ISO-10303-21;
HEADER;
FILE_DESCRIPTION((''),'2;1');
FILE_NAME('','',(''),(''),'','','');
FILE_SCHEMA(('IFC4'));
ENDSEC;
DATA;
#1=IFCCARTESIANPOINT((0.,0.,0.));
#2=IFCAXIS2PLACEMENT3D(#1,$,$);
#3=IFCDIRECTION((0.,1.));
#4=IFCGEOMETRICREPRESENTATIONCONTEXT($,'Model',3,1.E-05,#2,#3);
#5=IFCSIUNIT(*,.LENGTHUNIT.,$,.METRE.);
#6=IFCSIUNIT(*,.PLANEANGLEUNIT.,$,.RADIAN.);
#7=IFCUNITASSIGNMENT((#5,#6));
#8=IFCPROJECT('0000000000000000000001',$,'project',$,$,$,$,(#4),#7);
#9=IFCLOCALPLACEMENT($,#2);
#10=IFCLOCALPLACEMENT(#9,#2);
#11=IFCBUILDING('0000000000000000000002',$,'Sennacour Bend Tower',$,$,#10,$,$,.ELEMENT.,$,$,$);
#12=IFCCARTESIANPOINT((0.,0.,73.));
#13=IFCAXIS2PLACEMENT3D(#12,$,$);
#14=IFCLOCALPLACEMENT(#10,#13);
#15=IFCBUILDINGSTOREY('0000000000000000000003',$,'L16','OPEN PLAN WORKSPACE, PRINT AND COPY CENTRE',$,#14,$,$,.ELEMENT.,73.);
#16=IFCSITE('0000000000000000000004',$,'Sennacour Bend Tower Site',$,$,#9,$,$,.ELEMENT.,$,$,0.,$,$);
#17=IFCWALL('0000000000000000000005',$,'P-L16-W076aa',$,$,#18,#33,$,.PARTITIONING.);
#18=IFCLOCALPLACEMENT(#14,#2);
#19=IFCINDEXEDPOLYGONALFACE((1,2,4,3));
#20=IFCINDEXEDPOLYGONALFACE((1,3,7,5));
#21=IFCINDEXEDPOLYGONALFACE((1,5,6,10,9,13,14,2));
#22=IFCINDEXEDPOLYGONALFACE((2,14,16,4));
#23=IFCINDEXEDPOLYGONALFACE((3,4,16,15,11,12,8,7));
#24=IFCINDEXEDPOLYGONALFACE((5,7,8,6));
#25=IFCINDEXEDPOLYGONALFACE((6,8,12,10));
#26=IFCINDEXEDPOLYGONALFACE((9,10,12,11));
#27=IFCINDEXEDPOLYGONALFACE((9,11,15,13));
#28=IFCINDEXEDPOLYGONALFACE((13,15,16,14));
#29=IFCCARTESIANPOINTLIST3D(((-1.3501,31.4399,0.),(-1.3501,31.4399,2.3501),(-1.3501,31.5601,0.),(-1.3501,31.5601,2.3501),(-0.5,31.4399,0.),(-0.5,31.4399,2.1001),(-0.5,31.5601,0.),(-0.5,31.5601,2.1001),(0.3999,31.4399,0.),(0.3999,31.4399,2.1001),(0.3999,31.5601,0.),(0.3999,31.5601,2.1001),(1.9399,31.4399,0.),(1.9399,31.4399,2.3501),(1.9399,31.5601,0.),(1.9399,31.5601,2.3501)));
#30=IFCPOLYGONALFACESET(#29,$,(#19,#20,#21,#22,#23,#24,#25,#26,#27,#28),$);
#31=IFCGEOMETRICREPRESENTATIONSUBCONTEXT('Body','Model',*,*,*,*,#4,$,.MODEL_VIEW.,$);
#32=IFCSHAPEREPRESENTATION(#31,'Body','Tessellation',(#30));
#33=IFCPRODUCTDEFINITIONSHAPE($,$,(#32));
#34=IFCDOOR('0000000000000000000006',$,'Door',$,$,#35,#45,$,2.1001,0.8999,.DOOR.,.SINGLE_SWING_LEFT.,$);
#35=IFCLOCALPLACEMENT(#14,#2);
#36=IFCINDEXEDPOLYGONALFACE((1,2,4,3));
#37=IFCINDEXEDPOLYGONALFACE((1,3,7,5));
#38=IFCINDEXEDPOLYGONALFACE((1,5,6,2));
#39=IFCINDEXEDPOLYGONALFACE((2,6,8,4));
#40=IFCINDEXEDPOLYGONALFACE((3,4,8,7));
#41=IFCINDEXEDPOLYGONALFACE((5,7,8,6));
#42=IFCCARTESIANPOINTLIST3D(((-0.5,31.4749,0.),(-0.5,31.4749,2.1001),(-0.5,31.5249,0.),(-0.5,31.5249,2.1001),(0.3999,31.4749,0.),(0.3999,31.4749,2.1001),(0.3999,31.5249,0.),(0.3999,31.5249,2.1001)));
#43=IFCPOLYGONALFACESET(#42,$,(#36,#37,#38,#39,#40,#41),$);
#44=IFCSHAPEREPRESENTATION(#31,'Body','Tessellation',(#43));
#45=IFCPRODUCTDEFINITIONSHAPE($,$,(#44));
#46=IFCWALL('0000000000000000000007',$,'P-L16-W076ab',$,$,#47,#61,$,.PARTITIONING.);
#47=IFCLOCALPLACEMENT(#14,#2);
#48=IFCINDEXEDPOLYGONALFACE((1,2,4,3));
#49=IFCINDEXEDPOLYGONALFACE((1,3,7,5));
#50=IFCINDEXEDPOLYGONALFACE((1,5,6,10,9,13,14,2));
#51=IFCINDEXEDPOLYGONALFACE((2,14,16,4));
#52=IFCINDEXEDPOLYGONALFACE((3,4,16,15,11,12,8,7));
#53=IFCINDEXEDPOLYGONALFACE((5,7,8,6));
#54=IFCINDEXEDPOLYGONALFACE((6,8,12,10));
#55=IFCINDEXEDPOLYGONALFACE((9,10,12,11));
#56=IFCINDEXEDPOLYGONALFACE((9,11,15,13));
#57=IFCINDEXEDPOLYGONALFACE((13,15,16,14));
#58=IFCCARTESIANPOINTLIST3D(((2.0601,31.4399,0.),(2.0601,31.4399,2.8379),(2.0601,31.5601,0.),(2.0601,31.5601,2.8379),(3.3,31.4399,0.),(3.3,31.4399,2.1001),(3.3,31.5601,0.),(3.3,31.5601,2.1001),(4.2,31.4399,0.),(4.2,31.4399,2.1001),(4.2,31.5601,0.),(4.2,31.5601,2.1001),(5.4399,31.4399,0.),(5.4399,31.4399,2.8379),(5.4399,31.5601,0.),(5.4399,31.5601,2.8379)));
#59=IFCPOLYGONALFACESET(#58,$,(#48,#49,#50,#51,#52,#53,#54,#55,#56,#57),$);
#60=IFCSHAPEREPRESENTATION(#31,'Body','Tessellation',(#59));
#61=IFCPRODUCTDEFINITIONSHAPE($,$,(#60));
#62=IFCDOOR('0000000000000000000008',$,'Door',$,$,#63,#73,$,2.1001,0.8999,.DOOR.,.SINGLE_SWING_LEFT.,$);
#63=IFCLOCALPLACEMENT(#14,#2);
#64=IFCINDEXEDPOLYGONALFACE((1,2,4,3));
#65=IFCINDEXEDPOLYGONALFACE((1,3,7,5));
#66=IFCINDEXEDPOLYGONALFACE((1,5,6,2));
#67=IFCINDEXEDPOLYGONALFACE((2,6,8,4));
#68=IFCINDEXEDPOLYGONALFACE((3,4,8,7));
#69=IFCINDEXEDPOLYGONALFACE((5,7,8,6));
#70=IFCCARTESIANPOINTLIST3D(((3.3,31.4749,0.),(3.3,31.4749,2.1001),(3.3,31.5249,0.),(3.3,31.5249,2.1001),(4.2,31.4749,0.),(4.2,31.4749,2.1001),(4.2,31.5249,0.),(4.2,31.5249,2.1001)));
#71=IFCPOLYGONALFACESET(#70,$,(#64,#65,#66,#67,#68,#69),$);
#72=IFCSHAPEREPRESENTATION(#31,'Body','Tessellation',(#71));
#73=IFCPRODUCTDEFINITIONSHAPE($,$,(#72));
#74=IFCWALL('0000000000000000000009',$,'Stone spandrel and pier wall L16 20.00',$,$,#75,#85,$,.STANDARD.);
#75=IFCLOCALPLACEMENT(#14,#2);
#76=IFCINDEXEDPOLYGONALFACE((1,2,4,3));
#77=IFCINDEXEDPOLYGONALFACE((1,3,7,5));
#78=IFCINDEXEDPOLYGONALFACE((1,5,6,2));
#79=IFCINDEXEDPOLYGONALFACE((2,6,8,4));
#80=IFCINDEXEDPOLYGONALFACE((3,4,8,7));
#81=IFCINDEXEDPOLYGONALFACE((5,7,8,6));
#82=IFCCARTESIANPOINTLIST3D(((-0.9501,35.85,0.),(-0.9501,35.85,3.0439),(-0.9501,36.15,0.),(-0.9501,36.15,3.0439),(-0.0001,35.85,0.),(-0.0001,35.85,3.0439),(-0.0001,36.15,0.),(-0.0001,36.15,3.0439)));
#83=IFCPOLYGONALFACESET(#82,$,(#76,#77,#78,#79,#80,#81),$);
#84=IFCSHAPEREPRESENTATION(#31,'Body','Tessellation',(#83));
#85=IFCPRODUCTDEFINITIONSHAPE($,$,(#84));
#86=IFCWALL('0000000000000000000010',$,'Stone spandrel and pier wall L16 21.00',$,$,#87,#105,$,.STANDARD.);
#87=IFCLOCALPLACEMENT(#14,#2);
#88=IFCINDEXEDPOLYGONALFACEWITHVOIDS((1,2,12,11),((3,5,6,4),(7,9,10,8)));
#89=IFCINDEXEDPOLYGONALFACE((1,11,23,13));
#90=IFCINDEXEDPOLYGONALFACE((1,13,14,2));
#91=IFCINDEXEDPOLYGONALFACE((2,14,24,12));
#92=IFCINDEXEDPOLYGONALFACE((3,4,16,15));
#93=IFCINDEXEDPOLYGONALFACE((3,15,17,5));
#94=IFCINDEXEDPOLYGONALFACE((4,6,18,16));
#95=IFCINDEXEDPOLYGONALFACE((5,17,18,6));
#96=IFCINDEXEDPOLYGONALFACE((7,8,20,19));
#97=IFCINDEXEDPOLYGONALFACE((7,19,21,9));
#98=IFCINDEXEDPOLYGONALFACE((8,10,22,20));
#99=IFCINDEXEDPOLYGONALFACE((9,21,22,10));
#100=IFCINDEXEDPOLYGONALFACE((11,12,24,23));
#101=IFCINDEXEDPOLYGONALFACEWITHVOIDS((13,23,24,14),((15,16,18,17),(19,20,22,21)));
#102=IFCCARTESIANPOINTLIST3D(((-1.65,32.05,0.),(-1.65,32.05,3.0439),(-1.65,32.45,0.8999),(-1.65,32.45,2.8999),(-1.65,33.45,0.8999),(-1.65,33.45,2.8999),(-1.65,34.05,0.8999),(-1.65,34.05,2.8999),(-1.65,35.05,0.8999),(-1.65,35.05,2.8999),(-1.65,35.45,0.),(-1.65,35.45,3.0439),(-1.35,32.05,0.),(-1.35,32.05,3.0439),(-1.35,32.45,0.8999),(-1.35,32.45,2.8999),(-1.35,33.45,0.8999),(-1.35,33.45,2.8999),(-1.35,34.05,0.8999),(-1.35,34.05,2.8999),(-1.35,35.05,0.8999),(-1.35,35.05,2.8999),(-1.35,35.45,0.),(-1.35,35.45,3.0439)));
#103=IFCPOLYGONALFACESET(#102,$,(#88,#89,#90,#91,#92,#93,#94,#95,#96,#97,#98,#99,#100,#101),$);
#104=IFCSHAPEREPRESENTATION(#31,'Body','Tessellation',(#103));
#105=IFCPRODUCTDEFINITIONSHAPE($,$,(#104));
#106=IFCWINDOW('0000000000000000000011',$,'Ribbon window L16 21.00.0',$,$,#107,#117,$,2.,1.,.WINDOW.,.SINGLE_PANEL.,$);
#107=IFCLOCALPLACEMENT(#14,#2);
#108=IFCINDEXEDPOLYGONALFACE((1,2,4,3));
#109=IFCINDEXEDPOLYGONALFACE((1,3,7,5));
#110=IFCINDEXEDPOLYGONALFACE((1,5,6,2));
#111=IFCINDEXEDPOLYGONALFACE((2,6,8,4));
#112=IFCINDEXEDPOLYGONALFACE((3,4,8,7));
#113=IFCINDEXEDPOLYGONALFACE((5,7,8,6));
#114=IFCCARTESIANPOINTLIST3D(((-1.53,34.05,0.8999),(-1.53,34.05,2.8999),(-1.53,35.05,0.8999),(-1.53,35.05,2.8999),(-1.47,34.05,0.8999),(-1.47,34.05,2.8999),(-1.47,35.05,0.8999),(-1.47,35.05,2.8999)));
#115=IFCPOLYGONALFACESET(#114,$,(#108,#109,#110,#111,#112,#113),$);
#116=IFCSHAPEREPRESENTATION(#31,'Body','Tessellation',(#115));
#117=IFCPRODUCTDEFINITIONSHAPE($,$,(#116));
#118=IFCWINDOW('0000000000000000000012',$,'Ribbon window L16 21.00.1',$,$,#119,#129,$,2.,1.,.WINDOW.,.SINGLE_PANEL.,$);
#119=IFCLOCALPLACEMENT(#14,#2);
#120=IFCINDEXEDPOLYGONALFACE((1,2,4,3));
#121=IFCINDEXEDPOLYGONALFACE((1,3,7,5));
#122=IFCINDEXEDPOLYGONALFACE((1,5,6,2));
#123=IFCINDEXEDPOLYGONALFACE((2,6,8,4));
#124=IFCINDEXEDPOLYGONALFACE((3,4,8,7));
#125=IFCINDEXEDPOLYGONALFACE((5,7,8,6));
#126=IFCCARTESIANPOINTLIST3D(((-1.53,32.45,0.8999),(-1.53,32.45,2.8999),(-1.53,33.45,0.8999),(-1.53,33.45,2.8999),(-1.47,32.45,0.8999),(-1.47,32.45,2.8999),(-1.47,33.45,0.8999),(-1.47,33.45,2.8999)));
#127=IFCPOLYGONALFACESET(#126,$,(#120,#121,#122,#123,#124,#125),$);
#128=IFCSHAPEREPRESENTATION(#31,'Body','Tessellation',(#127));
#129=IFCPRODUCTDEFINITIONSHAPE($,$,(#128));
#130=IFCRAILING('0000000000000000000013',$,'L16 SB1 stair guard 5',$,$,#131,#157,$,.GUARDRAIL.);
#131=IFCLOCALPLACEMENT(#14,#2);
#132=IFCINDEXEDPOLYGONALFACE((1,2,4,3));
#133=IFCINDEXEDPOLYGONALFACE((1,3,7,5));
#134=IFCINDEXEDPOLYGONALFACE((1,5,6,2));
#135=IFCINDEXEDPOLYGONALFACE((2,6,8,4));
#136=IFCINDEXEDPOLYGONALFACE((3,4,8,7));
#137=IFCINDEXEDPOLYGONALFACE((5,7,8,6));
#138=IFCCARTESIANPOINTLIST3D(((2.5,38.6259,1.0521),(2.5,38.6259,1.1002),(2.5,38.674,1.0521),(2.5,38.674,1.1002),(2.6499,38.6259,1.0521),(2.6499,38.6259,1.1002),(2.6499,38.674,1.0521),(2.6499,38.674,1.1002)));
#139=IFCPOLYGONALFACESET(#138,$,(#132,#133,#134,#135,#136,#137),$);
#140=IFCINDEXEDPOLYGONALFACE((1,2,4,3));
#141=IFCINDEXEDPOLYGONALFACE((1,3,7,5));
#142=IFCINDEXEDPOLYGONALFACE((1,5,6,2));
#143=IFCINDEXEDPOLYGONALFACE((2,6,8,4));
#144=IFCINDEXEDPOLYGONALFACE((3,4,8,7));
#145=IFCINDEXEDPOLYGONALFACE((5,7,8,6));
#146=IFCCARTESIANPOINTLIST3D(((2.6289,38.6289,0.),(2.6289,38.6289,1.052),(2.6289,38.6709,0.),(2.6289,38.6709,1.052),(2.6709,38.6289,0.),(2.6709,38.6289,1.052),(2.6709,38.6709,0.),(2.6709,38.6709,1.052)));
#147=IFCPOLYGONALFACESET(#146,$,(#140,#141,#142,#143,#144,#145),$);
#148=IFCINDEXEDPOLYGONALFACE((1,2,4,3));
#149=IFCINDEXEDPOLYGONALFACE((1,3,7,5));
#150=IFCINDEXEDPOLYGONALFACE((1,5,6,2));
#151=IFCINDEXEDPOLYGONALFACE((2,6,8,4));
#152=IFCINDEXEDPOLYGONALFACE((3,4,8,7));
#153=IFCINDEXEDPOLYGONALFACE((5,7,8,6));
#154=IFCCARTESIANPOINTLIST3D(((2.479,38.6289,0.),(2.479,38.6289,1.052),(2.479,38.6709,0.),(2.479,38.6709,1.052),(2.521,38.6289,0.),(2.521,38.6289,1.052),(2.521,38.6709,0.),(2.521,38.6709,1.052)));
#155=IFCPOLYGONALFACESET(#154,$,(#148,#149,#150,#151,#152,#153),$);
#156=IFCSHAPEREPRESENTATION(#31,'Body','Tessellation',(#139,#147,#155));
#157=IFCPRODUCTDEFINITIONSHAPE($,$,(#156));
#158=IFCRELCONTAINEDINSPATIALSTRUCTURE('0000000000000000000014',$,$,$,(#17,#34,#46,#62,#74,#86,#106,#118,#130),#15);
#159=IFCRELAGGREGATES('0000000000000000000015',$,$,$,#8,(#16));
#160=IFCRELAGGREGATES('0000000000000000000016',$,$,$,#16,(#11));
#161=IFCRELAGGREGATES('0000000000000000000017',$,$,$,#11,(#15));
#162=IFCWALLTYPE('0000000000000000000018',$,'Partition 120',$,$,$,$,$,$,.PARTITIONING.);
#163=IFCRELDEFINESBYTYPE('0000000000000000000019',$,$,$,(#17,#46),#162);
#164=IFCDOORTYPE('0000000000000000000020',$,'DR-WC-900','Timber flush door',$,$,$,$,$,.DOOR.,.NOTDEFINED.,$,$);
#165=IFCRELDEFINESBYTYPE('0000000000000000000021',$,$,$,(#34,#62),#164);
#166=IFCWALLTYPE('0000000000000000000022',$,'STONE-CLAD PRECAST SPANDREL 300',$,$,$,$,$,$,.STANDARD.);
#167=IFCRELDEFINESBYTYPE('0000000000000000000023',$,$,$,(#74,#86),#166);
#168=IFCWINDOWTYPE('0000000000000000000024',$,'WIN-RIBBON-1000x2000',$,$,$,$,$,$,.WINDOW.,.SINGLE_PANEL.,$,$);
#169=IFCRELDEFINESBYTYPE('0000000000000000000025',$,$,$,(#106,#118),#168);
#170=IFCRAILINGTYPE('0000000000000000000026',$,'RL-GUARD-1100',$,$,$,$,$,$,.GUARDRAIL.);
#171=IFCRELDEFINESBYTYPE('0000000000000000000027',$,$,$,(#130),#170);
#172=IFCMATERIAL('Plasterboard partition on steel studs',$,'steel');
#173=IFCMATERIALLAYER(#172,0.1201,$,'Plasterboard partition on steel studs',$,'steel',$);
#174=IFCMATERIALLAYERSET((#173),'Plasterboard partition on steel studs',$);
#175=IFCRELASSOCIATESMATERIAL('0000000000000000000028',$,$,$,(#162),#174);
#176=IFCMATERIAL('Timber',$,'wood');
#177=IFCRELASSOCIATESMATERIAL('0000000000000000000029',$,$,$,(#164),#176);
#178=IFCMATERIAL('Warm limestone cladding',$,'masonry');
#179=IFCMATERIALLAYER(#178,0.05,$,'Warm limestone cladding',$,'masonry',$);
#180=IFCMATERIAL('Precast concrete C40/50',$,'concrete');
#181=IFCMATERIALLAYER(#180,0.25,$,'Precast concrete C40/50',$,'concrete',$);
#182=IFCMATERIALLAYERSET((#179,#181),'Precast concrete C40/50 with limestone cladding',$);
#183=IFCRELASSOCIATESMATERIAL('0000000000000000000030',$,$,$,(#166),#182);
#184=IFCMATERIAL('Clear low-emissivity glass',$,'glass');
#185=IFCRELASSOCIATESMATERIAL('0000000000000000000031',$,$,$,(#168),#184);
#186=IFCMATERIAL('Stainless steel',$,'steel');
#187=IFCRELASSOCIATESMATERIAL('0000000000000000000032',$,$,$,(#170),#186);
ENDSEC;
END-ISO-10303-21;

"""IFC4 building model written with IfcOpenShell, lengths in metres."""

from ifc_helpers import new_model, si_unit, direction, frame, frame_2d, origin, origin_2d, place, context, subcontext, project, spatial, rectangle, extrude, material, layer, layer_set, type_object, element, fill, save


model = new_model("IFC4")

# Units and contexts
model_context = context("Model", 3, precision=1e-05, world=origin(), true_north=direction((0.0, 1.0)))
body_context = subcontext(model_context, "Body", "Model", "MODEL_VIEW")
ifc_project = project(units=[si_unit("LENGTHUNIT", "METRE"), si_unit("PLANEANGLEUNIT", "RADIAN")], contexts=[model_context])

# Site, building, storey
site_placement = place(None, origin())
site = spatial("IfcSite", under=ifc_project, at=site_placement, Name="Sennacour Bend Tower Site", CompositionType="ELEMENT", RefElevation=0.0)
building_placement = place(site_placement, origin())
building = spatial("IfcBuilding", under=site, at=building_placement, Name="Sennacour Bend Tower", CompositionType="ELEMENT")
storey_placement = place(building_placement, frame((0.0, 0.0, 73.0)))
storey = spatial("IfcBuildingStorey", under=building, at=storey_placement, Name="L16", Description="OPEN PLAN WORKSPACE, PRINT AND COPY CENTRE", CompositionType="ELEMENT", Elevation=73.0)

# Walls, openings, doors
ifc_material_1 = material(Name="Plasterboard partition on steel studs", Category="steel")
ifc_layer_1 = layer(ifc_material_1, 0.1201, Name="Plasterboard partition on steel studs", Category="steel")
ifc_layer_set_1 = layer_set([ifc_layer_1], Name="Plasterboard partition on steel studs")
wall_type_1 = type_object("IfcWallType", Name="Partition 120", PredefinedType="PARTITIONING", material=ifc_layer_set_1)
wall_1_placement = place(storey_placement, frame((-1.3501, 31.5, 0.0), z_axis=(0.0, 0.0, 1.0), x_axis=(1.0, 0.0, 0.0)))
wall_1 = element("IfcWall", 1, at=wall_1_placement, inside=storey, type_object=wall_type_1, Name="P-L16-W076aa", PredefinedType="PARTITIONING", context=body_context, shape_type="SweptSolid", body=[
    extrude(rectangle(XDim=3.29, YDim=0.1201, at=frame_2d((1.645, 0.0))), origin(), (0.0, 0.0, 1.0), 2.3501),
])
opening_1_placement = place(wall_1_placement, frame((0.8501, 0.0, 0.0)))
opening_1 = element("IfcOpeningElement", 2, at=opening_1_placement, cuts=wall_1, PredefinedType="OPENING", context=body_context, shape_type="SweptSolid", body=[
    extrude(rectangle(XDim=0.8999, YDim=2.1001, at=frame_2d((0.45, 1.05))), frame((0.0, 0.0701, 0.0), z_axis=(0.0, -1.0, 0.0), x_axis=(1.0, 0.0, 0.0)), (0.0, 0.0, 1.0), 0.1401),
])
ifc_material_2 = material(Name="Timber", Category="wood")
door_type_1 = type_object("IfcDoorType", Name="DR-WC-900", Description="Timber flush door", OperationType="NOTDEFINED", PredefinedType="DOOR", material=ifc_material_2)
door_1_placement = place(opening_1_placement, origin())
door_1 = element("IfcDoor", 3, at=door_1_placement, inside=storey, type_object=door_type_1, Name="Door", OperationType="SINGLE_SWING_LEFT", OverallHeight=2.1001, OverallWidth=0.8999, PredefinedType="DOOR", context=body_context, shape_type="SweptSolid", body=[
    extrude(rectangle(XDim=0.8999, YDim=2.1001, at=frame_2d((0.45, 1.05))), frame((0.0, 0.0249, 0.0), z_axis=(0.0, -1.0, 0.0), x_axis=(1.0, 0.0, 0.0)), (0.0, 0.0, 1.0), 0.05),
])
fill(opening_1, door_1)
wall_2_placement = place(storey_placement, frame((2.0601, 31.5, 0.0), z_axis=(0.0, 0.0, 1.0), x_axis=(1.0, 0.0, 0.0)))
wall_2 = element("IfcWall", 4, at=wall_2_placement, inside=storey, type_object=wall_type_1, Name="P-L16-W076ab", PredefinedType="PARTITIONING", context=body_context, shape_type="SweptSolid", body=[
    extrude(rectangle(XDim=3.3799, YDim=0.1201, at=frame_2d((1.6899, 0.0))), origin(), (0.0, 0.0, 1.0), 2.8379),
])
opening_2_placement = place(wall_2_placement, frame((1.24, 0.0, 0.0)))
opening_2 = element("IfcOpeningElement", 5, at=opening_2_placement, cuts=wall_2, PredefinedType="OPENING", context=body_context, shape_type="SweptSolid", body=[
    extrude(rectangle(XDim=0.8999, YDim=2.1001, at=frame_2d((0.45, 1.05))), frame((0.0, 0.0701, 0.0), z_axis=(0.0, -1.0, 0.0), x_axis=(1.0, 0.0, 0.0)), (0.0, 0.0, 1.0), 0.1401),
])
door_2_placement = place(opening_2_placement, origin())
door_2 = element("IfcDoor", 6, at=door_2_placement, inside=storey, type_object=door_type_1, Name="Door", OperationType="SINGLE_SWING_LEFT", OverallHeight=2.1001, OverallWidth=0.8999, PredefinedType="DOOR", context=body_context, shape_type="SweptSolid", body=[
    extrude(rectangle(XDim=0.8999, YDim=2.1001, at=frame_2d((0.45, 1.05))), frame((0.0, 0.0249, 0.0), z_axis=(0.0, -1.0, 0.0), x_axis=(1.0, 0.0, 0.0)), (0.0, 0.0, 1.0), 0.05),
])
fill(opening_2, door_2)

# Wall
ifc_material_3 = material(Name="Warm limestone cladding", Category="masonry")
ifc_layer_2 = layer(ifc_material_3, 0.05, Name="Warm limestone cladding", Category="masonry")
ifc_material_4 = material(Name="Precast concrete C40/50", Category="concrete")
ifc_layer_3 = layer(ifc_material_4, 0.25, Name="Precast concrete C40/50", Category="concrete")
ifc_layer_set_2 = layer_set([ifc_layer_2, ifc_layer_3], Name="Precast concrete C40/50 with limestone cladding")
wall_type_2 = type_object("IfcWallType", Name="STONE-CLAD PRECAST SPANDREL 300", PredefinedType="STANDARD", material=ifc_layer_set_2)
wall_3_placement = place(storey_placement, frame((0.0, 36.0, 0.0), z_axis=(0.0, 0.0, 1.0), x_axis=(-1.0, 0.0, 0.0)))
element("IfcWall", 7, at=wall_3_placement, inside=storey, type_object=wall_type_2, Name="Stone spandrel and pier wall L16 20.00", PredefinedType="STANDARD", context=body_context, shape_type="SweptSolid", body=[
    extrude(rectangle(XDim=0.95, YDim=0.3, at=frame_2d((0.4751, 0.0))), origin(), (0.0, 0.0, 1.0), 3.0439),
])

# Wall, openings, windows
wall_4_placement = place(storey_placement, frame((-1.5, 35.45, 0.0), z_axis=(0.0, 0.0, 1.0), x_axis=(0.0, -1.0, 0.0)))
wall_4 = element("IfcWall", 8, at=wall_4_placement, inside=storey, type_object=wall_type_2, Name="Stone spandrel and pier wall L16 21.00", PredefinedType="STANDARD", context=body_context, shape_type="SweptSolid", body=[
    extrude(rectangle(XDim=3.3999, YDim=0.3, at=frame_2d((1.7, 0.0))), origin(), (0.0, 0.0, 1.0), 3.0439),
])
opening_3_placement = place(wall_4_placement, frame((0.3999, 0.0, 0.8999)))
opening_3 = element("IfcOpeningElement", 9, at=opening_3_placement, cuts=wall_4, PredefinedType="OPENING", context=body_context, shape_type="SweptSolid", body=[
    extrude(rectangle(XDim=1.0, YDim=2.0, at=frame_2d((0.5, 1.0))), frame((0.0, 0.1602, 0.0), z_axis=(0.0, -1.0, 0.0), x_axis=(1.0, 0.0, 0.0)), (0.0, 0.0, 1.0), 0.3201),
])
opening_4_placement = place(wall_4_placement, frame((2.0, 0.0, 0.8999)))
opening_4 = element("IfcOpeningElement", 10, at=opening_4_placement, cuts=wall_4, PredefinedType="OPENING", context=body_context, shape_type="SweptSolid", body=[
    extrude(rectangle(XDim=1.0, YDim=2.0, at=frame_2d((0.5, 1.0))), frame((0.0, 0.1602, 0.0), z_axis=(0.0, -1.0, 0.0), x_axis=(1.0, 0.0, 0.0)), (0.0, 0.0, 1.0), 0.3201),
])
ifc_material_5 = material(Name="Clear low-emissivity glass", Category="glass")
window_type = type_object("IfcWindowType", Name="WIN-RIBBON-1000x2000", PartitioningType="SINGLE_PANEL", PredefinedType="WINDOW", material=ifc_material_5)
window_1_placement = place(opening_3_placement, origin())
window_1 = element("IfcWindow", 11, at=window_1_placement, inside=storey, type_object=window_type, Name="Ribbon window L16 21.00.0", OverallHeight=2.0, OverallWidth=1.0, PartitioningType="SINGLE_PANEL", PredefinedType="WINDOW", context=body_context, shape_type="SweptSolid", body=[
    extrude(rectangle(XDim=1.0, YDim=2.0, at=frame_2d((0.5, 1.0))), frame((0.0, 0.03, 0.0), z_axis=(0.0, -1.0, 0.0), x_axis=(1.0, 0.0, 0.0)), (0.0, 0.0, 1.0), 0.0601),
])
fill(opening_3, window_1)
window_2_placement = place(opening_4_placement, origin())
window_2 = element("IfcWindow", 12, at=window_2_placement, inside=storey, type_object=window_type, Name="Ribbon window L16 21.00.1", OverallHeight=2.0, OverallWidth=1.0, PartitioningType="SINGLE_PANEL", PredefinedType="WINDOW", context=body_context, shape_type="SweptSolid", body=[
    extrude(rectangle(XDim=1.0, YDim=2.0, at=frame_2d((0.5, 1.0))), frame((0.0, 0.03, 0.0), z_axis=(0.0, -1.0, 0.0), x_axis=(1.0, 0.0, 0.0)), (0.0, 0.0, 1.0), 0.0601),
])
fill(opening_4, window_2)

# Railing
ifc_material_6 = material(Name="Stainless steel", Category="steel")
railing_type = type_object("IfcRailingType", Name="RL-GUARD-1100", PredefinedType="GUARDRAIL", material=ifc_material_6)
railing_placement = place(storey_placement, frame((2.6499, 38.6499, 0.0)))
element("IfcRailing", 13, at=railing_placement, inside=storey, type_object=railing_type, Name="L16 SB1 stair guard 5", PredefinedType="GUARDRAIL", context=body_context, shape_type="SweptSolid", body=[
    extrude(rectangle(XDim=0.0481, YDim=0.0481, at=origin_2d()), frame((0.0, 0.0, 1.0762), z_axis=(-1.0, 0.0, 0.0), x_axis=(0.0, -1.0, 0.0)), (0.0, 0.0, 1.0), 0.1499),
    extrude(rectangle(XDim=0.042, YDim=0.042, at=origin_2d()), origin(), (0.0, 0.0, 1.0), 1.052),
    extrude(rectangle(XDim=0.042, YDim=0.042, at=origin_2d()), frame((-0.1499, 0.0, 0.0)), (0.0, 0.0, 1.0), 1.052),
])

save(model, "model.ifc")
